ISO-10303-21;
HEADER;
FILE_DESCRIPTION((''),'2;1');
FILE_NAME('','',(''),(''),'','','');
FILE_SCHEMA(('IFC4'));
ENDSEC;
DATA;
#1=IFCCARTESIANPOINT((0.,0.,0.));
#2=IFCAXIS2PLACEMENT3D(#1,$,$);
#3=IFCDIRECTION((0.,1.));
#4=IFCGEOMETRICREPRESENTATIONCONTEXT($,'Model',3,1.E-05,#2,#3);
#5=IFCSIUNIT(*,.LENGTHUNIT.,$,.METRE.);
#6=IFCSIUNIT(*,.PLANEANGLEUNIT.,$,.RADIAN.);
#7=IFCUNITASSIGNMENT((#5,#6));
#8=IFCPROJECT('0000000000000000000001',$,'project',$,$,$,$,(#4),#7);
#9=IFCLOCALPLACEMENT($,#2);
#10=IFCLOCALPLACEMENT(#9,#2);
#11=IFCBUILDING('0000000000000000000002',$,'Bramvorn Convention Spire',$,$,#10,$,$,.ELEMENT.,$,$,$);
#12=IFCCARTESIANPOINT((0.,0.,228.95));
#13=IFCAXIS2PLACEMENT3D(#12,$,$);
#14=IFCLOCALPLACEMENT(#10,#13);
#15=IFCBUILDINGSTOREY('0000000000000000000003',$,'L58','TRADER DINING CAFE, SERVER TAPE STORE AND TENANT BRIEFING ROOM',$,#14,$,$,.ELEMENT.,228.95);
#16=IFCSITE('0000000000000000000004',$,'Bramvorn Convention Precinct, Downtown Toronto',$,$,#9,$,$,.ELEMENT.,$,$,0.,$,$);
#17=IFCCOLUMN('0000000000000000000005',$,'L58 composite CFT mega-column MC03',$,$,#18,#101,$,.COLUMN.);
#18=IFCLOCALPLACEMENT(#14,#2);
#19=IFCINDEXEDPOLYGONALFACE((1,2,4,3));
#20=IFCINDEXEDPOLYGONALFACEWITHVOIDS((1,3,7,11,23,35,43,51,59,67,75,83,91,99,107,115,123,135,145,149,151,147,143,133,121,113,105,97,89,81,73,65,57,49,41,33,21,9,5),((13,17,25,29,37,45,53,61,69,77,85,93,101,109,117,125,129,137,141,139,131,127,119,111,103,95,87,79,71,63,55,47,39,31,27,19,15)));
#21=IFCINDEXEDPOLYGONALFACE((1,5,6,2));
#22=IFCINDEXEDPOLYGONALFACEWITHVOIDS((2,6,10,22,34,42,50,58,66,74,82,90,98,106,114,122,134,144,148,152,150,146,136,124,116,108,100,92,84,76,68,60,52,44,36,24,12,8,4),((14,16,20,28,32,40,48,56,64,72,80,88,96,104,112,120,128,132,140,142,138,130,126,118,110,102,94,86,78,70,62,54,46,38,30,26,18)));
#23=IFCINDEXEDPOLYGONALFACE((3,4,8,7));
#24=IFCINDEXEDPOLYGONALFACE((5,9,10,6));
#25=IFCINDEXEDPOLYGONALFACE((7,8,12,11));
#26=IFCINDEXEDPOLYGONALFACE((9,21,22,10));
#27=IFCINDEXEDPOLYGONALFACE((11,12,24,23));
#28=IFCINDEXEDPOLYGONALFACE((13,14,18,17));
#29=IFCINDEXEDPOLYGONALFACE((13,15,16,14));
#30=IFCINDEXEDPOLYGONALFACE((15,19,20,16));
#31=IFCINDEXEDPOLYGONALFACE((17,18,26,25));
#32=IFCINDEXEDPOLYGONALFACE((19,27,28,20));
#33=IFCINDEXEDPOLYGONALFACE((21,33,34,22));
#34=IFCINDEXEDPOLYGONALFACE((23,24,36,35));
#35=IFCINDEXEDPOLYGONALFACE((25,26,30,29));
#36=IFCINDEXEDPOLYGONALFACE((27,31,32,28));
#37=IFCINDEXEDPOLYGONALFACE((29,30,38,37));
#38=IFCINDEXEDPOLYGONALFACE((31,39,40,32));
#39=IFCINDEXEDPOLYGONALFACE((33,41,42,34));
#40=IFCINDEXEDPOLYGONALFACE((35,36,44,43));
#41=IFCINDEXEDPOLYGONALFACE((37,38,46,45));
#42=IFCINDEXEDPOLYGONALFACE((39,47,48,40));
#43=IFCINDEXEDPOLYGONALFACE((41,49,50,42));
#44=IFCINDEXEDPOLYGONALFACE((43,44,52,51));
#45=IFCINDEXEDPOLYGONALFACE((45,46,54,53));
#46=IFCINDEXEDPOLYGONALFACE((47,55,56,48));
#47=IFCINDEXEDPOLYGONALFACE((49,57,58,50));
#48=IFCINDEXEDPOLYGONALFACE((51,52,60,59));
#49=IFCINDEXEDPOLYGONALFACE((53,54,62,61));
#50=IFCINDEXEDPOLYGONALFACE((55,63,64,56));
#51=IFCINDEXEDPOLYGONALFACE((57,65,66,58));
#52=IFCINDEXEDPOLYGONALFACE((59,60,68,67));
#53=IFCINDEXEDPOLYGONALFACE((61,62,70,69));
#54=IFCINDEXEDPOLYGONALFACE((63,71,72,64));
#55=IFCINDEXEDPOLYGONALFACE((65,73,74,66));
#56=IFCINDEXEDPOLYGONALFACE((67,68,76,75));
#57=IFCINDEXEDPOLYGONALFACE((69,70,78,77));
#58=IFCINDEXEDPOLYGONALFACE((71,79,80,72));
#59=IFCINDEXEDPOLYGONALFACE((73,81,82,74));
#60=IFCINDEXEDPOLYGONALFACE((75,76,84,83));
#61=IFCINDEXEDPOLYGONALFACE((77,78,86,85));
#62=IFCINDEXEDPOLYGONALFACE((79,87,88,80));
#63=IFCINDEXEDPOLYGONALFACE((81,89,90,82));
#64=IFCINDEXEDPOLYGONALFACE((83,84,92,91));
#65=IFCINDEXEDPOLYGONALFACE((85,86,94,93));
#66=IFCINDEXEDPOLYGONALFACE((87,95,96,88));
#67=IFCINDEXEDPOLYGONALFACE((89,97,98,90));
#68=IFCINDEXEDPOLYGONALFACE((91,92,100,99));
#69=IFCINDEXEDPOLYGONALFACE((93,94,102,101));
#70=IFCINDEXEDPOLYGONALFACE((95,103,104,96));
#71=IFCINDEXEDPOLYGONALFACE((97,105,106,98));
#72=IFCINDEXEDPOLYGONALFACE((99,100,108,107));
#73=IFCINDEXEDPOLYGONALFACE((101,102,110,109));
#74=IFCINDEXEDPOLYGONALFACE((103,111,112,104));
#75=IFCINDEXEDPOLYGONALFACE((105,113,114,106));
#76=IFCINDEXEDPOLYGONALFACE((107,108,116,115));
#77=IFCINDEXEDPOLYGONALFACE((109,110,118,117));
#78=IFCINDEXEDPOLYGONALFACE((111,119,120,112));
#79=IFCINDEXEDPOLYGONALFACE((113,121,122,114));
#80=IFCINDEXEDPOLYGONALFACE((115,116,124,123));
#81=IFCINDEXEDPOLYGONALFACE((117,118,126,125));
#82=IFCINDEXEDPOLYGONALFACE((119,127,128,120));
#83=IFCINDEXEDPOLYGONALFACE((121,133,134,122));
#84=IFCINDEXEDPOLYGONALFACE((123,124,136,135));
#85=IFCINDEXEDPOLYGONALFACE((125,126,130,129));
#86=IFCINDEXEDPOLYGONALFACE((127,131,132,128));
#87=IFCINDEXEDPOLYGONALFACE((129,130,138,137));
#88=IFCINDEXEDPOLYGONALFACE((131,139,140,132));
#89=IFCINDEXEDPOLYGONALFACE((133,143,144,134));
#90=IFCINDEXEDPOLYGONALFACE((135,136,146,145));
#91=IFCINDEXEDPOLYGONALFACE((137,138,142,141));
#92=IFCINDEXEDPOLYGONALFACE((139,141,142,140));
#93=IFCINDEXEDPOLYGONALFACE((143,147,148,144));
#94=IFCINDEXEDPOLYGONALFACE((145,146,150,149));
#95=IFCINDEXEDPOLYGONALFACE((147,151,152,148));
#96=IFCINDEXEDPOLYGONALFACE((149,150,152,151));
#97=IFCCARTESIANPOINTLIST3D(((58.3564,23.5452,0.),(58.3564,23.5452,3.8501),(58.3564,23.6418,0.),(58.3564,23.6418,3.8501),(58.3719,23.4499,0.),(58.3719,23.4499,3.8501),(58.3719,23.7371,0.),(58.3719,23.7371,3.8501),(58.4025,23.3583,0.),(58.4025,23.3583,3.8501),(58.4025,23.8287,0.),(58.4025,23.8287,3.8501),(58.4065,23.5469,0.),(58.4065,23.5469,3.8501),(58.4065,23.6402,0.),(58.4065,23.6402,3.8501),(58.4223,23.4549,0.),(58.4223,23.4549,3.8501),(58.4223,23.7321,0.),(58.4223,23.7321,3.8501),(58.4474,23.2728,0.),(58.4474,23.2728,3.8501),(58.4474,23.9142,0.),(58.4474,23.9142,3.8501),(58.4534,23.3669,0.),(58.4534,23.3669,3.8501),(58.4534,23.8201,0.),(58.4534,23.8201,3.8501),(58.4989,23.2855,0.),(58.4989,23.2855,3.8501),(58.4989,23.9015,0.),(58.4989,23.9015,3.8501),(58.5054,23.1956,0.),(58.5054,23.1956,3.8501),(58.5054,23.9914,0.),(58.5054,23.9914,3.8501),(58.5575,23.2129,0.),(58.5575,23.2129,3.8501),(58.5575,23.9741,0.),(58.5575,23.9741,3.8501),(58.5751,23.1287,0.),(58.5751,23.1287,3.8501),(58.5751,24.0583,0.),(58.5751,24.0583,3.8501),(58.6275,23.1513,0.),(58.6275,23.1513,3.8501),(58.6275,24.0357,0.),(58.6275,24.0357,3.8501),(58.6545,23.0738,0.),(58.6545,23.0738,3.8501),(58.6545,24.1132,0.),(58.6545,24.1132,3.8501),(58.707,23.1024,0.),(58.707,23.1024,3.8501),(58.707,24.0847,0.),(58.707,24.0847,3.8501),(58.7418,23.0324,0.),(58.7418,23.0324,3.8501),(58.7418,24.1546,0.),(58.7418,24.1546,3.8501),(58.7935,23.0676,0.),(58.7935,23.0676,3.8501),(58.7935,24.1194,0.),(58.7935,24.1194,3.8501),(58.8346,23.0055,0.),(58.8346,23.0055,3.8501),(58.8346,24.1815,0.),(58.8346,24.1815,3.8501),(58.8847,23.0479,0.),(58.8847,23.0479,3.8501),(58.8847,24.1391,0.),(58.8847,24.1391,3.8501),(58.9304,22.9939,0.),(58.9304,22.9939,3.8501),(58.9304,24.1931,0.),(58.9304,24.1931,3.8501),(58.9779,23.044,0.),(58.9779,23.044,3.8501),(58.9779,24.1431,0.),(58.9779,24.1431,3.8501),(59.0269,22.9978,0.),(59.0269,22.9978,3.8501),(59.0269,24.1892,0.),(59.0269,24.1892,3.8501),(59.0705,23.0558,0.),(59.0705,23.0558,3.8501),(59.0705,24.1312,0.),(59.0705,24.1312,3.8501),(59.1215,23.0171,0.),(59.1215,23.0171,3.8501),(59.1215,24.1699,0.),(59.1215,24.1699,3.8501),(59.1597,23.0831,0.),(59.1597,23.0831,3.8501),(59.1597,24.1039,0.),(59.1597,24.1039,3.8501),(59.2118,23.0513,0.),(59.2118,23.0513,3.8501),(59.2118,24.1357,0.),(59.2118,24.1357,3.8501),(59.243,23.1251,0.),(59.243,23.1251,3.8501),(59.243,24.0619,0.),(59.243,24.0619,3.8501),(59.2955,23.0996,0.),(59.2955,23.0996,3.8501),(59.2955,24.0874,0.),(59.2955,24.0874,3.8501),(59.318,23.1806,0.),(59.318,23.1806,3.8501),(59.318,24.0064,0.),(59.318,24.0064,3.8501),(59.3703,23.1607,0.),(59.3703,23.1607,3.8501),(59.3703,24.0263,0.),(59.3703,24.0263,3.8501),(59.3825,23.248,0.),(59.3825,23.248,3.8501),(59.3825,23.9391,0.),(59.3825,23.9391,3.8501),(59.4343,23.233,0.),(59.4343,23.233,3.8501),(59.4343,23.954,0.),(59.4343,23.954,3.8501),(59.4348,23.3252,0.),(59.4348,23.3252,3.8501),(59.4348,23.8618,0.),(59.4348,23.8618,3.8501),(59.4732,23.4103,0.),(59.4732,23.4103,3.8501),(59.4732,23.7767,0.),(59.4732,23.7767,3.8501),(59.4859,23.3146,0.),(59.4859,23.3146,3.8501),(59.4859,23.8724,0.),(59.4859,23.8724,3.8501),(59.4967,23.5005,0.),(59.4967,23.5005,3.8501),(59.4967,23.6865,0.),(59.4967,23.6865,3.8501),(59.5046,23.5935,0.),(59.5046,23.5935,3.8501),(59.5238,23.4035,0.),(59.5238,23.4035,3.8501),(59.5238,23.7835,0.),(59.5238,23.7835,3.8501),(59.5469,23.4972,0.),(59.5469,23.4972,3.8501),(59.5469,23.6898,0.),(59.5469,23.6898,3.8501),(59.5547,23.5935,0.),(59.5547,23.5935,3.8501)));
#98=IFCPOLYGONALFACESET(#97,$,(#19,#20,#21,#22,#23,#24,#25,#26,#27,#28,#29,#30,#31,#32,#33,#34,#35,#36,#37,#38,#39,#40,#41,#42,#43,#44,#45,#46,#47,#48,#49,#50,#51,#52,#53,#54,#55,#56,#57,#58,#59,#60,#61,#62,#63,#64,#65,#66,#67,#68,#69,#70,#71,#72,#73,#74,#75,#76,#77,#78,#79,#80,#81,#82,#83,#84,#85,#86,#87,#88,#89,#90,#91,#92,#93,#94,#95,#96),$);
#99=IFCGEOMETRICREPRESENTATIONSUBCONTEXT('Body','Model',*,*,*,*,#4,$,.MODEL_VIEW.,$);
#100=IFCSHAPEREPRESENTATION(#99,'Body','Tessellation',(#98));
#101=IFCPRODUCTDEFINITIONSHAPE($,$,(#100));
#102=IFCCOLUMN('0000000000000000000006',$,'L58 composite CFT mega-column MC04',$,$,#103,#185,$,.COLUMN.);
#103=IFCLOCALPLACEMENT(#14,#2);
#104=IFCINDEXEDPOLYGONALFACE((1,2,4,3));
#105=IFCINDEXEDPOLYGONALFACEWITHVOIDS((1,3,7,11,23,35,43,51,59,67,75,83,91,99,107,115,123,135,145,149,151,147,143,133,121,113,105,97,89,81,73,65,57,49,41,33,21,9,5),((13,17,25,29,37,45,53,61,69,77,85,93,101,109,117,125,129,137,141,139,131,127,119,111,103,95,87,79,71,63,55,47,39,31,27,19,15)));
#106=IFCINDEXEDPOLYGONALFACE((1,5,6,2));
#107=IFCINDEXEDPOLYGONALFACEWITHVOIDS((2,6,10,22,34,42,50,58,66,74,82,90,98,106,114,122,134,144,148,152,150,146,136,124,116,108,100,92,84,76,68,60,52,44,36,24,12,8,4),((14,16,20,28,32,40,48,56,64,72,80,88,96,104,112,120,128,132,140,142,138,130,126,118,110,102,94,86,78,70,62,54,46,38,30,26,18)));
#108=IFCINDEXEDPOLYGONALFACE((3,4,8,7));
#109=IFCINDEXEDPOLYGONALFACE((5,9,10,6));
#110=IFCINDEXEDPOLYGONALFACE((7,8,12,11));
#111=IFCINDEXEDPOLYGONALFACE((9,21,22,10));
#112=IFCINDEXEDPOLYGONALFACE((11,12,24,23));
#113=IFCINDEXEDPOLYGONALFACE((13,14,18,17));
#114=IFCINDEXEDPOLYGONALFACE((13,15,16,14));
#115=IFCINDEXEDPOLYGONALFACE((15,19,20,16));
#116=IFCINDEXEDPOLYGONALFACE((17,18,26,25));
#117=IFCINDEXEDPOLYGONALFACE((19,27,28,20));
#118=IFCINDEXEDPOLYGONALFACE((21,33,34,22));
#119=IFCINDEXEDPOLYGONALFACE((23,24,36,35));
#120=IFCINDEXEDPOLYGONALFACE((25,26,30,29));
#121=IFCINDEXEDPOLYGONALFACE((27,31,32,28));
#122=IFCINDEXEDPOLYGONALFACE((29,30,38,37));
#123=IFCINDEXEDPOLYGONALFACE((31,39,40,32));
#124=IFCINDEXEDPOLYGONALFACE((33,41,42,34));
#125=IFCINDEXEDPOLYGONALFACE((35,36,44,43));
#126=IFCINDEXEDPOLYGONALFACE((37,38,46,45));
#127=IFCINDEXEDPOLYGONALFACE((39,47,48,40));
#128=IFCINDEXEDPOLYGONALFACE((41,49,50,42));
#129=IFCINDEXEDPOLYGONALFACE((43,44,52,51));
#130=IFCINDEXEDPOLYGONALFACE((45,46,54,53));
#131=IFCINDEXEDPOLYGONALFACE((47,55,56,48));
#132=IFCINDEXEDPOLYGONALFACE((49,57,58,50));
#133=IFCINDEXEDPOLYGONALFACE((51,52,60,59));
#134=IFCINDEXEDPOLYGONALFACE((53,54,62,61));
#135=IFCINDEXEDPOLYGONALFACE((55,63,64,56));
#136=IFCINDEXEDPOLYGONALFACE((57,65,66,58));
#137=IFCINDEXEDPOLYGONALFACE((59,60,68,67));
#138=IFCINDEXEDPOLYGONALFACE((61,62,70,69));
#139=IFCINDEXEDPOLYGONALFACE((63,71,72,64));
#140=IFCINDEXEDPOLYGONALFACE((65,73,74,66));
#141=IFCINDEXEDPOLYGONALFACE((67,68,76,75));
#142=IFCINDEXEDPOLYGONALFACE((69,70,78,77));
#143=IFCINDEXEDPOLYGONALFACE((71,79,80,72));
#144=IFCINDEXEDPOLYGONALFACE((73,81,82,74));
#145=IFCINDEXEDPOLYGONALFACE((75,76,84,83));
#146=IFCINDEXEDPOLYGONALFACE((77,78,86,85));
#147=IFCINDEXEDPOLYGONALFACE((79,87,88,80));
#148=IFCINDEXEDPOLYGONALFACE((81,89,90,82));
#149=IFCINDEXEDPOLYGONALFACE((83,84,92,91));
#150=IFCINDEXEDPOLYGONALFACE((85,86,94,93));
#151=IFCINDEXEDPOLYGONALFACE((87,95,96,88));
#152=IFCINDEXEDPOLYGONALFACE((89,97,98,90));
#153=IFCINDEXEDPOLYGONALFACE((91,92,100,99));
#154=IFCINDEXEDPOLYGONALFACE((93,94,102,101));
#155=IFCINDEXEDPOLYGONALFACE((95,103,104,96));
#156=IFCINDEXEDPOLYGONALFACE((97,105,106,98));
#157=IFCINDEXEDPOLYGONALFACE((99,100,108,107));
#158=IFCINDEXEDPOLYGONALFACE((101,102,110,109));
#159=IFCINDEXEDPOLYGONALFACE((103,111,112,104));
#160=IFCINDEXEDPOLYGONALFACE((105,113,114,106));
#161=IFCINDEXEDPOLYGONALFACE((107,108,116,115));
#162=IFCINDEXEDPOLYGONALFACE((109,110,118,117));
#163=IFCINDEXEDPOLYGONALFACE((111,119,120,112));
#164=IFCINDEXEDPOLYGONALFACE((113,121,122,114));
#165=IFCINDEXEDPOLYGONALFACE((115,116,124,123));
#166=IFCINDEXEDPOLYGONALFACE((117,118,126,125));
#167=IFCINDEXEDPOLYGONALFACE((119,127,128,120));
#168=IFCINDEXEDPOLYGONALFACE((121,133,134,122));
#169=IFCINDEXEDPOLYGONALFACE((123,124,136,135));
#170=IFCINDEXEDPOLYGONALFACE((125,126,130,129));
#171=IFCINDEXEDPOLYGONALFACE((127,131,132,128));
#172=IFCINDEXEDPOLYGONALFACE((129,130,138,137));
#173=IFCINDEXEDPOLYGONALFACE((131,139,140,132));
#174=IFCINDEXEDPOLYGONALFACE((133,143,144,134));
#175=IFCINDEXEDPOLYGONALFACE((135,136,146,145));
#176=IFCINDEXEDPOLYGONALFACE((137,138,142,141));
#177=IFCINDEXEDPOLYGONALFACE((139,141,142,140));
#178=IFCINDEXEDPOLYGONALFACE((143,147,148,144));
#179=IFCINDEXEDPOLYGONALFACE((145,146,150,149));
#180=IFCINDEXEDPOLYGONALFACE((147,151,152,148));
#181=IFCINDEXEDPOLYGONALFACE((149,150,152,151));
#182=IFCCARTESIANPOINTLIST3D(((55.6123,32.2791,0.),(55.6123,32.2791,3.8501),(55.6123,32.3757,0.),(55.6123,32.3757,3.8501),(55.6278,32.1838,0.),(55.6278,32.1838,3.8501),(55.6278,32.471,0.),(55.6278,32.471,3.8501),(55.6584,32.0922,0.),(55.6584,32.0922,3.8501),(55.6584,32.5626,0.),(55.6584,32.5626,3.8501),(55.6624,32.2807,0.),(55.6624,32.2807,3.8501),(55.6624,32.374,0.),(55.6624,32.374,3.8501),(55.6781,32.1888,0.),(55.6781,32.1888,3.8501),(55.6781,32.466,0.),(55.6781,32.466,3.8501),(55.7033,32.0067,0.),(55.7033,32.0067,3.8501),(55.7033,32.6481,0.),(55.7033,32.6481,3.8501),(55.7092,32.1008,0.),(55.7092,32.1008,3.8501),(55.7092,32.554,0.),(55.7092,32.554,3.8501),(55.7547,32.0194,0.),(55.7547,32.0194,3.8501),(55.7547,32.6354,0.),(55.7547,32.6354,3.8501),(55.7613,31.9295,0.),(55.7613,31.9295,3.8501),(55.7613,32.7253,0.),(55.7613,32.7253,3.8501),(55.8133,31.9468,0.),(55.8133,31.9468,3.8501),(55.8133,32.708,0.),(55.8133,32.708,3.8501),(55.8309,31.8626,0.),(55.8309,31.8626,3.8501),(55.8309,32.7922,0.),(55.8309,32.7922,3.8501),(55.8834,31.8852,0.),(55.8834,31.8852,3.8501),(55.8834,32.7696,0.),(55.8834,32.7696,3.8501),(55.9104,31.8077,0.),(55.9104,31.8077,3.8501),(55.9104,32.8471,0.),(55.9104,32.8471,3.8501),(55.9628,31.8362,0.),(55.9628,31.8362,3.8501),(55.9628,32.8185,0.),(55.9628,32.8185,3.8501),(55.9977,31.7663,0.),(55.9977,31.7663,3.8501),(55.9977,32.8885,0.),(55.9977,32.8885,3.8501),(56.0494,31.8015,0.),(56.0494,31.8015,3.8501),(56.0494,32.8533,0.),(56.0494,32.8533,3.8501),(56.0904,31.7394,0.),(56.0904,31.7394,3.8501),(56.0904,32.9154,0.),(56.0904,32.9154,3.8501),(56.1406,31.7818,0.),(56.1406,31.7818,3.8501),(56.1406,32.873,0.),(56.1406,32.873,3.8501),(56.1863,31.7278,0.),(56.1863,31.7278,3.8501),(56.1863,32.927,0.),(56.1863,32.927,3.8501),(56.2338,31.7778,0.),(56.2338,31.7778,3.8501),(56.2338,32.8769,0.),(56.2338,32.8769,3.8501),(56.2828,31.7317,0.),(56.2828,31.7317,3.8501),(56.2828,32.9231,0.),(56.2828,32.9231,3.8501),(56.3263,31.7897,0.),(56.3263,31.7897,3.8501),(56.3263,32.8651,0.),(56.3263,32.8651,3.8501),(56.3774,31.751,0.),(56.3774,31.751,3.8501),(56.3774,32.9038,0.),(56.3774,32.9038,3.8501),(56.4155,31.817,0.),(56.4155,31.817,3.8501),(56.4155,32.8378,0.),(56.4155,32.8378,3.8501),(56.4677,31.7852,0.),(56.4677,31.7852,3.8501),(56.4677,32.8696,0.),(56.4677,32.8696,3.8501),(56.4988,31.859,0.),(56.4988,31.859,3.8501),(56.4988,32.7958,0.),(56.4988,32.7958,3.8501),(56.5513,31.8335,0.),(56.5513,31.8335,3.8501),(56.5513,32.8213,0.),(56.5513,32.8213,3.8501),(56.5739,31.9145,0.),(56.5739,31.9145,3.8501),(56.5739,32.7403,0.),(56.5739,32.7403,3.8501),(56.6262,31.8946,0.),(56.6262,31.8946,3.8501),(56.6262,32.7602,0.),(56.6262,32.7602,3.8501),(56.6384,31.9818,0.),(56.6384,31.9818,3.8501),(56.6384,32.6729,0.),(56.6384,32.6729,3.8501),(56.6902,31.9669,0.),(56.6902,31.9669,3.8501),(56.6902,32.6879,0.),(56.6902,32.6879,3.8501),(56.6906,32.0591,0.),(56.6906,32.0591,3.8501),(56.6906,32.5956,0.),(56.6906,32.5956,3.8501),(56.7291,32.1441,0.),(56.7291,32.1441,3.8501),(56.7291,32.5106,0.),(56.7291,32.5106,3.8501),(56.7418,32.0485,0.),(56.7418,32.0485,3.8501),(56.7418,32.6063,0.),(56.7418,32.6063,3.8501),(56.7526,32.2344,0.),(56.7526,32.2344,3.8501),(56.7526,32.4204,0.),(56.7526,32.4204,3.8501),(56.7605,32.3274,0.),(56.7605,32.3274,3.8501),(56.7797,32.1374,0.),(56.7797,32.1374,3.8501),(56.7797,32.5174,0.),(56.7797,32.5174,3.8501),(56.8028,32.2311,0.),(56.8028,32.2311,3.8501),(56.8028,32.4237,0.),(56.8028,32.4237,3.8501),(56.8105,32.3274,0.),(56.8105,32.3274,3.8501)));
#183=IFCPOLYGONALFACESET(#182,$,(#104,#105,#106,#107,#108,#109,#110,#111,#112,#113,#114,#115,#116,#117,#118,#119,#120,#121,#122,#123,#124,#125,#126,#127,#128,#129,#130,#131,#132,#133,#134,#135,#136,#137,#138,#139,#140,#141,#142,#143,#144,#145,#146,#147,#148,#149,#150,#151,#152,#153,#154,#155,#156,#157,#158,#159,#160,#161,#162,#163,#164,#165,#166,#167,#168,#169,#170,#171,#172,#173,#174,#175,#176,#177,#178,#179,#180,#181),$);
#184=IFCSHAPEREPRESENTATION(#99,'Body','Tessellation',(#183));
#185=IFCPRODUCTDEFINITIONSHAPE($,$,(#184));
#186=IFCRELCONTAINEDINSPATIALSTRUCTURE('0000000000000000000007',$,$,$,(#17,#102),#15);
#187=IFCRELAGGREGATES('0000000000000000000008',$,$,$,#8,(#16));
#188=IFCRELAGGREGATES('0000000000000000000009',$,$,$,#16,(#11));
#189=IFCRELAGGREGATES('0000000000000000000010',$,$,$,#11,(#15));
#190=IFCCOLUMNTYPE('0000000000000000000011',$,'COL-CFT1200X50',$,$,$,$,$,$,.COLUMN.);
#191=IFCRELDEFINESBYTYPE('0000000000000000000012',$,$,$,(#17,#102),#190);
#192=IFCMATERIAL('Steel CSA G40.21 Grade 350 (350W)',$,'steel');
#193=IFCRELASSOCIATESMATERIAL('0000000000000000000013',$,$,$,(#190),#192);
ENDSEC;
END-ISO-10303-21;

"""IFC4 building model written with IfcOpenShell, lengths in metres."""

from ifc_helpers import new_model, si_unit, direction, frame, origin, origin_2d, place, context, subcontext, project, spatial, hollow_circle, extrude, material, material_profile, profile_set, type_object, element, save


model = new_model("IFC4")

# Units and contexts
model_context = context("Model", 3, precision=1e-05, world=origin(), true_north=direction((0.0, 1.0)))
body_context = subcontext(model_context, "Body", "Model", "MODEL_VIEW")
ifc_project = project(units=[si_unit("LENGTHUNIT", "METRE"), si_unit("PLANEANGLEUNIT", "RADIAN")], contexts=[model_context])

# Site, building, storey
site_placement = place(None, origin())
site = spatial("IfcSite", under=ifc_project, at=site_placement, Name="Bramvorn Convention Precinct, Downtown Toronto", CompositionType="ELEMENT", RefElevation=0.0)
building_placement = place(site_placement, origin())
building = spatial("IfcBuilding", under=site, at=building_placement, Name="Bramvorn Convention Spire", CompositionType="ELEMENT")
storey_placement = place(building_placement, frame((0.0, 0.0, 228.95)))
storey = spatial("IfcBuildingStorey", under=building, at=storey_placement, Name="L58", Description="TRADER DINING CAFE, SERVER TAPE STORE AND TENANT BRIEFING ROOM", CompositionType="ELEMENT", Elevation=228.95)

# Columns
ifc_material_1 = material(Name="Steel CSA G40.21 Grade 350 (350W)", Category="steel")
ifc_material_profile_1 = material_profile(ifc_material_1, hollow_circle(Radius=0.6001, WallThickness=0.05, at=origin_2d()))
ifc_profile_set_1 = profile_set([ifc_material_profile_1], Name="Steel CSA G40.21 Grade 350 (350W) - CFT1200X50")
column_type = type_object("IfcColumnType", Name="COL-CFT1200X50", PredefinedType="COLUMN", material=ifc_profile_set_1)
for number, where, z_axis, x_axis, name in (
    (1, (58.9546, 23.5935, 0.0), (0.0, 0.0, 1.0), (1.0, 0.0, 0.0), "L58 composite CFT mega-column MC03"),
    (2, (56.2104, 32.3274, 0.0), (0.0, 0.0, 1.0), (1.0, 0.0, 0.0), "L58 composite CFT mega-column MC04"),
):
    element("IfcColumn", number, at=place(storey_placement, frame(where, z_axis=z_axis, x_axis=x_axis)), inside=storey, type_object=column_type, Name=name, PredefinedType="COLUMN", context=body_context, shape_type="SweptSolid", body=[
        extrude(hollow_circle(Radius=0.6001, WallThickness=0.05, at=origin_2d()), origin(), (0.0, 0.0, 1.0), 3.8501),
    ])

save(model, "model.ifc")
